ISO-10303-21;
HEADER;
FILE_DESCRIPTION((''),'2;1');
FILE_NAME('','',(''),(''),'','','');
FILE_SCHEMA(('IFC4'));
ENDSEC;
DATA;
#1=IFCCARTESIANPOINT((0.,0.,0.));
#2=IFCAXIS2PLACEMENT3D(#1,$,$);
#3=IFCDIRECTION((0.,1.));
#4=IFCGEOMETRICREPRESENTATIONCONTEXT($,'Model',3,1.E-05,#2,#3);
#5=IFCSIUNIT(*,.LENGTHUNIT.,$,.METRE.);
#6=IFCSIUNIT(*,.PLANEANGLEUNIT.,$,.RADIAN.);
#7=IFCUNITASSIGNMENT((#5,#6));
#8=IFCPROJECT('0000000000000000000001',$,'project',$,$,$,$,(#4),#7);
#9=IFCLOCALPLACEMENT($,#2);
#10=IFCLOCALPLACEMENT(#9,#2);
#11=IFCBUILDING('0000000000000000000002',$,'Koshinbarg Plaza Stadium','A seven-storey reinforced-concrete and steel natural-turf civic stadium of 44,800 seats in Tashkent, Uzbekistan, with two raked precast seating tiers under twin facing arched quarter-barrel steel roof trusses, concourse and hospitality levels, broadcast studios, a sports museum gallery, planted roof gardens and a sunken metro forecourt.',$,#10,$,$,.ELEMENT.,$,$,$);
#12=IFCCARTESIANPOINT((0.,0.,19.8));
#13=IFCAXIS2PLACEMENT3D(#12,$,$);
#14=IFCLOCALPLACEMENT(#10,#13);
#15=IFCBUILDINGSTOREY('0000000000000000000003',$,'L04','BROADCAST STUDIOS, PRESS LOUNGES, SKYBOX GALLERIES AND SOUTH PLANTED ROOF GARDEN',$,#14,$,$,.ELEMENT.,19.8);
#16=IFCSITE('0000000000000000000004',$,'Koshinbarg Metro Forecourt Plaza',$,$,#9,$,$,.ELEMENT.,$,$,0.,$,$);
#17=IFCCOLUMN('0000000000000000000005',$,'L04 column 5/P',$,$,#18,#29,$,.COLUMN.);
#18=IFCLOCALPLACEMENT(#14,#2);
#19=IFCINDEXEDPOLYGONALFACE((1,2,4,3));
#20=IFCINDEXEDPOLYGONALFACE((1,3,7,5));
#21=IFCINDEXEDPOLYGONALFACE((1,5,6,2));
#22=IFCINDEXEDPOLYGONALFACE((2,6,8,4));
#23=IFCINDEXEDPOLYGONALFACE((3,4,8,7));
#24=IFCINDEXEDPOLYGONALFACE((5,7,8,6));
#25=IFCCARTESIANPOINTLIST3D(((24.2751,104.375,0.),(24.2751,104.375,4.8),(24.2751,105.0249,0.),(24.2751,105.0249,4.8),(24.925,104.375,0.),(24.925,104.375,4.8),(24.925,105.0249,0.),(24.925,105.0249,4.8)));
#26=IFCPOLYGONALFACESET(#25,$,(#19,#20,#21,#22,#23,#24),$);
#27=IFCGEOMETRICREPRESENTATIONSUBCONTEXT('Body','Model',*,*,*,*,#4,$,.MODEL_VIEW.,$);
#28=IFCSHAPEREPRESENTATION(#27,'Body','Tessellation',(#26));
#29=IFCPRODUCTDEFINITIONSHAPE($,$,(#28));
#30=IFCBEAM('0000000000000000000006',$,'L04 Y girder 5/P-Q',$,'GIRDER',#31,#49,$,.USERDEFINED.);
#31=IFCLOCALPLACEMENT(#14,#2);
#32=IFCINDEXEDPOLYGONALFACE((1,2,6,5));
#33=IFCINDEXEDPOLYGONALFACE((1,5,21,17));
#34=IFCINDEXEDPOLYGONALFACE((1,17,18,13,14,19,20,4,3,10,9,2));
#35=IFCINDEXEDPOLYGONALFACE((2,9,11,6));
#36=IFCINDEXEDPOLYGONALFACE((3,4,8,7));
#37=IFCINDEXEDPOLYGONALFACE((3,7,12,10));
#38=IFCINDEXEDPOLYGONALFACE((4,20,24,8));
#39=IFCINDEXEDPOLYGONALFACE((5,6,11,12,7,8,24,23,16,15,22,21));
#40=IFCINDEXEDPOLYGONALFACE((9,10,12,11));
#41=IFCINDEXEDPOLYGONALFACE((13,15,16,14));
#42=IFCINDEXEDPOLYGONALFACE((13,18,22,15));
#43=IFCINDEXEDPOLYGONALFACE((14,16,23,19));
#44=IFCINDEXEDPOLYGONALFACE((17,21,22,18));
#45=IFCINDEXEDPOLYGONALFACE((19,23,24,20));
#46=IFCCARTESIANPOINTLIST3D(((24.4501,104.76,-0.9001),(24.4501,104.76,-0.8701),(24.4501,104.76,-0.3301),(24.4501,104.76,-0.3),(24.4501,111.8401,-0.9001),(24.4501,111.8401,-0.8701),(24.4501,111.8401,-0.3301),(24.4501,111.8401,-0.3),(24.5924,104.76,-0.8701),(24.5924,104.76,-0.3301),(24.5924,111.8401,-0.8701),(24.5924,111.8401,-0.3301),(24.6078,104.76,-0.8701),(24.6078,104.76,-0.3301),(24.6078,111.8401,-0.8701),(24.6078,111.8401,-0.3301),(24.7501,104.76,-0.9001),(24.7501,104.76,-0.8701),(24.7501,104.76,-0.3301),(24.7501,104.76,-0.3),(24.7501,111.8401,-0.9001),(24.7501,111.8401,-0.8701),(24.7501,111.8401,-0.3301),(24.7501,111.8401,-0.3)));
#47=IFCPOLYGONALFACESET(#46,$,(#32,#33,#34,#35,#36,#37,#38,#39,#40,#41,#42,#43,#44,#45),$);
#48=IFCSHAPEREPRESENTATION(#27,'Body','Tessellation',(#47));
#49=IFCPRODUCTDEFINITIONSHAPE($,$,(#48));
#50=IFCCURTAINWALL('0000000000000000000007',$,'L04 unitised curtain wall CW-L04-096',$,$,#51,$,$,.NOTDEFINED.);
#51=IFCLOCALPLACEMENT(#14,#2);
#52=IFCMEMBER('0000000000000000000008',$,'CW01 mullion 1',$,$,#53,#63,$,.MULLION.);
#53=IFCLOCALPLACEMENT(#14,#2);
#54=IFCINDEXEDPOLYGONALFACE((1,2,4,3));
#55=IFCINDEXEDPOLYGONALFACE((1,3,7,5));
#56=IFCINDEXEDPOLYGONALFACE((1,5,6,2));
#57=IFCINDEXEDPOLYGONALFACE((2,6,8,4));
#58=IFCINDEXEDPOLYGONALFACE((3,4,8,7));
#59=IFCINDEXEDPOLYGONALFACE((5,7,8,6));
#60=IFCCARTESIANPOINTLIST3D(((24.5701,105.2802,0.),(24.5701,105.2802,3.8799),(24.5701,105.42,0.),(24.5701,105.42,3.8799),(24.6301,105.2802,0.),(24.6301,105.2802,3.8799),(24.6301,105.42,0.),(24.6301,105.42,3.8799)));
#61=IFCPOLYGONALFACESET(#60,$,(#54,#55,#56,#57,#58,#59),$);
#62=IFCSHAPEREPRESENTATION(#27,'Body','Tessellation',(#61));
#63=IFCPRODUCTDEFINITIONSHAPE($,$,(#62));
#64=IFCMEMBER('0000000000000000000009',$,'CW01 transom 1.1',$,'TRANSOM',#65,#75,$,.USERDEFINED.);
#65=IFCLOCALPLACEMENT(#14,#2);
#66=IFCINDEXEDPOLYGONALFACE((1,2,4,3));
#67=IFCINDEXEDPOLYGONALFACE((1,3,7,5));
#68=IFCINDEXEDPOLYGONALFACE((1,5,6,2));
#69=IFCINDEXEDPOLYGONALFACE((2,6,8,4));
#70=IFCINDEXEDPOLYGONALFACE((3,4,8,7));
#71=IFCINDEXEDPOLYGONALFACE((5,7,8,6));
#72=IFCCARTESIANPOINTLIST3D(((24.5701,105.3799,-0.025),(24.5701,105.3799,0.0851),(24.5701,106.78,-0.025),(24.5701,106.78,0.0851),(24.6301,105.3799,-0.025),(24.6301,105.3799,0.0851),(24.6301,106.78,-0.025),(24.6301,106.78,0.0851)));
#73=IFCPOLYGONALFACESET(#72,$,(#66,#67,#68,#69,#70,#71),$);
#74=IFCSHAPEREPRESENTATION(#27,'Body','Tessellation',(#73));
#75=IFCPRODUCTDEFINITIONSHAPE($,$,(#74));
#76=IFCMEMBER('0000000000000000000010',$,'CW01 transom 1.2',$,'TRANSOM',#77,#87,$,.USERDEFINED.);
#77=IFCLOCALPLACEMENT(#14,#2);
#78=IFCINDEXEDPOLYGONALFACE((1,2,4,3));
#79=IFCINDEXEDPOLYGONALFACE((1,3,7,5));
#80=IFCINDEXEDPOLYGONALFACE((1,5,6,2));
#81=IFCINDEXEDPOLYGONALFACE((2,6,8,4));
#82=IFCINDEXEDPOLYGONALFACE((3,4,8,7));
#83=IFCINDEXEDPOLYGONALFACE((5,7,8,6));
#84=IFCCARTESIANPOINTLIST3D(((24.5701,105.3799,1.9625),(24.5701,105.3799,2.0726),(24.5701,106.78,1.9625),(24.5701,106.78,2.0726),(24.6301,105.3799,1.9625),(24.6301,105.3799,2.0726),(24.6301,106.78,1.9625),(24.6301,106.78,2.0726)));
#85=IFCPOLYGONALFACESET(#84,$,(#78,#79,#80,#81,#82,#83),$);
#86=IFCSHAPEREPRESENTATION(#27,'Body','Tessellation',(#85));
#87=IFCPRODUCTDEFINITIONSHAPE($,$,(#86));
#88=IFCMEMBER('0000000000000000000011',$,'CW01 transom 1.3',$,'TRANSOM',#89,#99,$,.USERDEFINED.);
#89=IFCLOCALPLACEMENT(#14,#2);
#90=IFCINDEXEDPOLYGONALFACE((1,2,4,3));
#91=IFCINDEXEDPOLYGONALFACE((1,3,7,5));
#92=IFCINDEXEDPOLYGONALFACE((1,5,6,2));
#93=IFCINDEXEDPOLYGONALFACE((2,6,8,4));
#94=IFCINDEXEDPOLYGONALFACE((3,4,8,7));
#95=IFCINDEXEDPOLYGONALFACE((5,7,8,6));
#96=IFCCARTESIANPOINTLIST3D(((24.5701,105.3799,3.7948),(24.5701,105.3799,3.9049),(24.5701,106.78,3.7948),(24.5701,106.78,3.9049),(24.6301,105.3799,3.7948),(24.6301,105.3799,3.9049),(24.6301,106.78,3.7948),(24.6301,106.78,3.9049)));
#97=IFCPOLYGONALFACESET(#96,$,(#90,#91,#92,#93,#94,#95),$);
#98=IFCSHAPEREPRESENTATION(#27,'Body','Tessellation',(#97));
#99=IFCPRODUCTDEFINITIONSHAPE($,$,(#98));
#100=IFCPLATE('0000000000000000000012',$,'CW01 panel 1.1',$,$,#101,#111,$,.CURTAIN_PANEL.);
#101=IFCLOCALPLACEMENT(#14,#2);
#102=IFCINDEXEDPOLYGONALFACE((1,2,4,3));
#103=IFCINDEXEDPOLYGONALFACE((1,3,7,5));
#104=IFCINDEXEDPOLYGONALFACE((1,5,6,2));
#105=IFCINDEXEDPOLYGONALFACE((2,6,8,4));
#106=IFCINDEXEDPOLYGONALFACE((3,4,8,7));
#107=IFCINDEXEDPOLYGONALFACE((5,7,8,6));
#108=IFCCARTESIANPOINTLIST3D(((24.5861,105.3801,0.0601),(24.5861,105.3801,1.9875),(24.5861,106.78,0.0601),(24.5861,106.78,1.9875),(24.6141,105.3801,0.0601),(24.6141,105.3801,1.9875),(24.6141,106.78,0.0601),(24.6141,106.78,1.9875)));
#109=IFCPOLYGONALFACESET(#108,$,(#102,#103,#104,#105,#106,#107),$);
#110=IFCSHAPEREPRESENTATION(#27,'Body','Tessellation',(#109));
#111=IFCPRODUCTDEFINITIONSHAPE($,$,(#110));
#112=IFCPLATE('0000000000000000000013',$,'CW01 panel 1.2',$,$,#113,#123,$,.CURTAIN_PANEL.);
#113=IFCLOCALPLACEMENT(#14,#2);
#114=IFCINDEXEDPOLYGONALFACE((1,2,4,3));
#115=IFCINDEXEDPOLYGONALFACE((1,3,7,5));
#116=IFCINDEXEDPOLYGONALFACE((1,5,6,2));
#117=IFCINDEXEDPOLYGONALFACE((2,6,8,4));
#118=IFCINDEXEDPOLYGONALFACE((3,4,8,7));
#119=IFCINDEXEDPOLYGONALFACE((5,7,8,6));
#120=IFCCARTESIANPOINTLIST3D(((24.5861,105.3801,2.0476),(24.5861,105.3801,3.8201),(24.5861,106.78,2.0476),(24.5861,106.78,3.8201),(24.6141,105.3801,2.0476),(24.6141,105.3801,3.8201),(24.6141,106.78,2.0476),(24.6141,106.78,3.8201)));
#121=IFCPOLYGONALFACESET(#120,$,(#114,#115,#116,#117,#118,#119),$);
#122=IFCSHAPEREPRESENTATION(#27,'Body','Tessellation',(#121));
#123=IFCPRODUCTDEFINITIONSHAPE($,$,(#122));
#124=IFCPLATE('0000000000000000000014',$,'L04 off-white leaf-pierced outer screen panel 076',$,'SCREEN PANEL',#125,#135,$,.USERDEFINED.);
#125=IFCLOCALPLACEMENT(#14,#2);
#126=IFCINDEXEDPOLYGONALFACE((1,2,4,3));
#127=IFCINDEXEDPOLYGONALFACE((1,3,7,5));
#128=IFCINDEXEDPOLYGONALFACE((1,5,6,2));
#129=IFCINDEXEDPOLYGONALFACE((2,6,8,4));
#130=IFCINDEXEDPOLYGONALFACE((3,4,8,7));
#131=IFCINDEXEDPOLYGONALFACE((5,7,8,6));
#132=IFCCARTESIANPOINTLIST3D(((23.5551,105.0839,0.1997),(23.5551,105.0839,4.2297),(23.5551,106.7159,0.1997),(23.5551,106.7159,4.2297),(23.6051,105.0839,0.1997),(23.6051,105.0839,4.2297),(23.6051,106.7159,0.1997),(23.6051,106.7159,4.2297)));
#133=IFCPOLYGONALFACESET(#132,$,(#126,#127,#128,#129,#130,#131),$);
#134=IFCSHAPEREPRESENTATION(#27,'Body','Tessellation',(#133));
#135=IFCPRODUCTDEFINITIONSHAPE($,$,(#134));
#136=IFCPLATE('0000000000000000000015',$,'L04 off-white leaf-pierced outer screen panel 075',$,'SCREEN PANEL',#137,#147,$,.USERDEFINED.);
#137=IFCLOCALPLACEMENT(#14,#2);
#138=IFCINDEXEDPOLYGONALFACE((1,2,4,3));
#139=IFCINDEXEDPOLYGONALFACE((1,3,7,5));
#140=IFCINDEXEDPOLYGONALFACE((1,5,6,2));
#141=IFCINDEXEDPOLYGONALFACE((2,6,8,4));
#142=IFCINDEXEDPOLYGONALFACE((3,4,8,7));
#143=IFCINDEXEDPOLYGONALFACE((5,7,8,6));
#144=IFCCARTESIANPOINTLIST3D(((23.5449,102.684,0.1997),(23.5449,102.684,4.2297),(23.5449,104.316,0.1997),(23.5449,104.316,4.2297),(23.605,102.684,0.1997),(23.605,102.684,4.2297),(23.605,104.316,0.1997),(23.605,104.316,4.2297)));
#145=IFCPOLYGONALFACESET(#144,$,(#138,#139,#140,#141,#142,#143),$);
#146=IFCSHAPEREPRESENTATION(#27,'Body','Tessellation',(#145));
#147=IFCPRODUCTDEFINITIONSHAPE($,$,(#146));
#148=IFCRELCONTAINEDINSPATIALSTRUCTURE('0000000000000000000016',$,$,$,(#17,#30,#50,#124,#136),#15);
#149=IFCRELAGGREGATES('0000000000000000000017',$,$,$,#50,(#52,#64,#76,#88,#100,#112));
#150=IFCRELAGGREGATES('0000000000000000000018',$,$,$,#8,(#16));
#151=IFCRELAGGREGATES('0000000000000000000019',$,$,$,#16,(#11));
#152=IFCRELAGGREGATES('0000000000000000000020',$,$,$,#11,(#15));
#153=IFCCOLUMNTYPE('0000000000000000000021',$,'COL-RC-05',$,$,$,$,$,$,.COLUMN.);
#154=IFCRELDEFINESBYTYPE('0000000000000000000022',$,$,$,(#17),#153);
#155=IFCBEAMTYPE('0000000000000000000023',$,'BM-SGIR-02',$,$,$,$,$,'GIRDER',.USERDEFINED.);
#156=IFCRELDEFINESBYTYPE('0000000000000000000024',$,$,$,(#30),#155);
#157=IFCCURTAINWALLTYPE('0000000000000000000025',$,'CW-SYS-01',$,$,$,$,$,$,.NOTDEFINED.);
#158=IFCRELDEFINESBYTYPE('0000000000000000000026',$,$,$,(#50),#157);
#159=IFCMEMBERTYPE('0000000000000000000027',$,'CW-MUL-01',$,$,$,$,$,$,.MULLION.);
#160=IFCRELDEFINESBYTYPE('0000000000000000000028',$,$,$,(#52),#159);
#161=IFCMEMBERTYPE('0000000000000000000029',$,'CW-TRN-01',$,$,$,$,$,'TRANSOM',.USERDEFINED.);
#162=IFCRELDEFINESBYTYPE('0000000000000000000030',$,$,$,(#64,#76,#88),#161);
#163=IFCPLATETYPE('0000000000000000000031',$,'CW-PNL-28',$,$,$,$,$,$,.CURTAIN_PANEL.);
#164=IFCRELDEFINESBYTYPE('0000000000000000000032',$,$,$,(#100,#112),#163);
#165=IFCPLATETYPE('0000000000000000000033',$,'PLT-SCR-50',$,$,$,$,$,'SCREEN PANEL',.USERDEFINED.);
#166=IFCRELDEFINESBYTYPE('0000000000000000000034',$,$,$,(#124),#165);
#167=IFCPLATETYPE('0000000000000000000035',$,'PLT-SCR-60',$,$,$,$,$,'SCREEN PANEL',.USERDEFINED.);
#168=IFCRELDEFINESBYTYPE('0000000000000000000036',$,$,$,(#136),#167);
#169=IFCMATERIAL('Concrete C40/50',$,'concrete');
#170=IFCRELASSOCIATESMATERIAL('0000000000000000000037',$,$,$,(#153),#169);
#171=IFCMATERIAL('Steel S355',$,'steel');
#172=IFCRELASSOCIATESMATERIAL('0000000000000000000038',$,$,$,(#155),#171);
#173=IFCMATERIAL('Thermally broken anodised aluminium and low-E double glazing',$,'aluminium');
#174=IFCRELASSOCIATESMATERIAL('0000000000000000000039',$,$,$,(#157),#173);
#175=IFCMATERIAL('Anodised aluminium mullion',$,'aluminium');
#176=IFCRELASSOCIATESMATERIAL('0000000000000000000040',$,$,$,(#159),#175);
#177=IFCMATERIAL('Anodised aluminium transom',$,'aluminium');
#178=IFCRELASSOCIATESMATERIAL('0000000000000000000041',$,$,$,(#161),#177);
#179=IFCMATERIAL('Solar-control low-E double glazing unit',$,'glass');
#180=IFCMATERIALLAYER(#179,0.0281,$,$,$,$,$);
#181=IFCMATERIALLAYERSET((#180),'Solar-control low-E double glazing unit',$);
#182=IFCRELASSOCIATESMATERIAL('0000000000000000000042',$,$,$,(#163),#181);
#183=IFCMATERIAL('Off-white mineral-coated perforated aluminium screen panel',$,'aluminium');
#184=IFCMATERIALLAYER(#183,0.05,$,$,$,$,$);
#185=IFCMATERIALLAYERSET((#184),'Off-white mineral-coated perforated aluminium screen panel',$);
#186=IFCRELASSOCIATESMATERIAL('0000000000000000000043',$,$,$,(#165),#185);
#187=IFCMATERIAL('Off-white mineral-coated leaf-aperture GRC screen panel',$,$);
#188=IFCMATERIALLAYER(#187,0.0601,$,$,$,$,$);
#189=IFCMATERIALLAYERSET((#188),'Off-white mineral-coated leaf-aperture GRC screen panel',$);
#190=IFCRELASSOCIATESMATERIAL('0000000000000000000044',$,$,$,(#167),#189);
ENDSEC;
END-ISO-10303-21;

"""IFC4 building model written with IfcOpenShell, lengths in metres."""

from ifc_helpers import new_model, si_unit, direction, frame, origin, origin_2d, place, context, subcontext, project, spatial, rectangle, i_section, extrude, material, layer, layer_set, material_profile, profile_set, type_object, element, aggregate, save


model = new_model("IFC4")

# Units and contexts
model_context = context("Model", 3, precision=1e-05, world=origin(), true_north=direction((0.0, 1.0)))
body_context = subcontext(model_context, "Body", "Model", "MODEL_VIEW")
ifc_project = project(units=[si_unit("LENGTHUNIT", "METRE"), si_unit("PLANEANGLEUNIT", "RADIAN")], contexts=[model_context])

# Site, building, storey
site_placement = place(None, origin())
site = spatial("IfcSite", under=ifc_project, at=site_placement, Name="Koshinbarg Metro Forecourt Plaza", CompositionType="ELEMENT", RefElevation=0.0)
building_placement = place(site_placement, origin())
building = spatial("IfcBuilding", under=site, at=building_placement, Name="Koshinbarg Plaza Stadium", Description="A seven-storey reinforced-concrete and steel natural-turf civic stadium of 44,800 seats in Tashkent, Uzbekistan, with two raked precast seating tiers under twin facing arched quarter-barrel steel roof trusses, concourse and hospitality levels, broadcast studios, a sports museum gallery, planted roof gardens and a sunken metro forecourt.", CompositionType="ELEMENT")
storey_placement = place(building_placement, frame((0.0, 0.0, 19.8)))
storey = spatial("IfcBuildingStorey", under=building, at=storey_placement, Name="L04", Description="BROADCAST STUDIOS, PRESS LOUNGES, SKYBOX GALLERIES AND SOUTH PLANTED ROOF GARDEN", CompositionType="ELEMENT", Elevation=19.8)

# Column
ifc_material_1 = material(Name="Concrete C40/50", Category="concrete")
ifc_material_profile_1 = material_profile(ifc_material_1, rectangle(XDim=0.6499, YDim=0.6499, at=origin_2d()), Name="RC 650x650")
ifc_profile_set_1 = profile_set([ifc_material_profile_1], Name="Concrete C40/50")
column_type = type_object("IfcColumnType", Name="COL-RC-05", PredefinedType="COLUMN", material=ifc_profile_set_1)
column_placement = place(storey_placement, frame((24.6001, 104.7, 0.0), z_axis=(0.0, 0.0, 1.0), x_axis=(1.0, 0.0, 0.0)))
element("IfcColumn", 1, at=column_placement, inside=storey, type_object=column_type, Name="L04 column 5/P", PredefinedType="COLUMN", context=body_context, shape_type="SweptSolid", body=[
    extrude(rectangle(XDim=0.6499, YDim=0.6499, at=origin_2d()), origin(), (0.0, 0.0, 1.0), 4.8),
])

# Beam
ifc_material_2 = material(Name="Steel S355", Category="steel")
ifc_material_profile_2 = material_profile(ifc_material_2, i_section(OverallWidth=0.3, OverallDepth=0.6001, WebThickness=0.0154, FlangeThickness=0.03, at=origin_2d()), Name="HEB 600")
ifc_profile_set_2 = profile_set([ifc_material_profile_2], Name="Steel S355")
beam_type = type_object("IfcBeamType", Name="BM-SGIR-02", ElementType="GIRDER", PredefinedType="USERDEFINED", material=ifc_profile_set_2)
beam_placement = place(storey_placement, frame((24.6001, 104.76, -0.6001), z_axis=(0.0, 1.0, 0.0), x_axis=(-1.0, 0.0, 0.0)))
element("IfcBeam", 2, at=beam_placement, inside=storey, type_object=beam_type, Name="L04 Y girder 5/P-Q", ObjectType="GIRDER", PredefinedType="USERDEFINED", context=body_context, shape_type="SweptSolid", body=[
    extrude(i_section(OverallWidth=0.3, OverallDepth=0.6001, WebThickness=0.0154, FlangeThickness=0.03, at=origin_2d()), origin(), (0.0, 0.0, 1.0), 7.0801),
])

# Curtain wall, members, plates
ifc_material_3 = material(Name="Thermally broken anodised aluminium and low-E double glazing", Category="aluminium")
curtain_wall_type = type_object("IfcCurtainWallType", Name="CW-SYS-01", PredefinedType="NOTDEFINED", material=ifc_material_3)
curtain_wall_placement = place(storey_placement, origin())
curtain_wall = element("IfcCurtainWall", 3, at=curtain_wall_placement, inside=storey, type_object=curtain_wall_type, Name="L04 unitised curtain wall CW-L04-096", PredefinedType="NOTDEFINED")
ifc_material_4 = material(Name="Anodised aluminium mullion", Category="aluminium")
ifc_material_profile_3 = material_profile(ifc_material_4, rectangle(XDim=0.0601, YDim=0.1399, at=origin_2d()), Name="ALU 60x140")
ifc_profile_set_3 = profile_set([ifc_material_profile_3], Name="Anodised aluminium mullion")
member_type_1 = type_object("IfcMemberType", Name="CW-MUL-01", PredefinedType="MULLION", material=ifc_profile_set_3)
member_1_placement = place(storey_placement, frame((24.6001, 105.3501, 0.0), z_axis=(0.0, 0.0, 1.0), x_axis=(-1.0, 0.0, 0.0)))
member_1 = element("IfcMember", 4, at=member_1_placement, type_object=member_type_1, Name="CW01 mullion 1", PredefinedType="MULLION", context=body_context, shape_type="SweptSolid", body=[
    extrude(rectangle(XDim=0.0601, YDim=0.1399, at=origin_2d()), origin(), (0.0, 0.0, 1.0), 3.8799),
])
ifc_material_5 = material(Name="Anodised aluminium transom", Category="aluminium")
ifc_material_profile_4 = material_profile(ifc_material_5, rectangle(XDim=0.0601, YDim=0.1101, at=origin_2d()), Name="ALU 60x110")
ifc_profile_set_4 = profile_set([ifc_material_profile_4], Name="Anodised aluminium transom")
member_type_2 = type_object("IfcMemberType", Name="CW-TRN-01", ElementType="TRANSOM", PredefinedType="USERDEFINED", material=ifc_profile_set_4)
member_2_placement = place(storey_placement, frame((24.6001, 105.3799, 0.03), z_axis=(0.0, 1.0, 0.0), x_axis=(-1.0, 0.0, 0.0)))
member_2 = element("IfcMember", 5, at=member_2_placement, type_object=member_type_2, Name="CW01 transom 1.1", ObjectType="TRANSOM", PredefinedType="USERDEFINED", context=body_context, shape_type="SweptSolid", body=[
    extrude(rectangle(XDim=0.0601, YDim=0.1101, at=origin_2d()), origin(), (0.0, 0.0, 1.0), 1.4001),
])
member_3_placement = place(storey_placement, frame((24.6001, 105.3799, 2.0176), z_axis=(0.0, 1.0, 0.0), x_axis=(-1.0, 0.0, 0.0)))
member_3 = element("IfcMember", 6, at=member_3_placement, type_object=member_type_2, Name="CW01 transom 1.2", ObjectType="TRANSOM", PredefinedType="USERDEFINED", context=body_context, shape_type="SweptSolid", body=[
    extrude(rectangle(XDim=0.0601, YDim=0.1101, at=origin_2d()), origin(), (0.0, 0.0, 1.0), 1.4001),
])
member_4_placement = place(storey_placement, frame((24.6001, 105.3799, 3.8499), z_axis=(0.0, 1.0, 0.0), x_axis=(-1.0, 0.0, 0.0)))
member_4 = element("IfcMember", 7, at=member_4_placement, type_object=member_type_2, Name="CW01 transom 1.3", ObjectType="TRANSOM", PredefinedType="USERDEFINED", context=body_context, shape_type="SweptSolid", body=[
    extrude(rectangle(XDim=0.0601, YDim=0.1101, at=origin_2d()), origin(), (0.0, 0.0, 1.0), 1.4001),
])
ifc_material_6 = material(Name="Solar-control low-E double glazing unit", Category="glass")
ifc_layer_1 = layer(ifc_material_6, 0.0281)
ifc_layer_set_1 = layer_set([ifc_layer_1], Name="Solar-control low-E double glazing unit")
plate_type_1 = type_object("IfcPlateType", Name="CW-PNL-28", PredefinedType="CURTAIN_PANEL", material=ifc_layer_set_1)
plate_1_placement = place(storey_placement, frame((24.6001, 106.0801, 0.0601), z_axis=(0.0, 0.0, 1.0), x_axis=(0.0, 1.0, 0.0)))
plate_1 = element("IfcPlate", 8, at=plate_1_placement, type_object=plate_type_1, Name="CW01 panel 1.1", PredefinedType="CURTAIN_PANEL", context=body_context, shape_type="SweptSolid", body=[
    extrude(rectangle(XDim=1.3999, YDim=0.0281, at=origin_2d()), origin(), (0.0, 0.0, 1.0), 1.9275),
])
plate_2_placement = place(storey_placement, frame((24.6001, 106.0801, 2.0476), z_axis=(0.0, 0.0, 1.0), x_axis=(0.0, 1.0, 0.0)))
plate_2 = element("IfcPlate", 9, at=plate_2_placement, type_object=plate_type_1, Name="CW01 panel 1.2", PredefinedType="CURTAIN_PANEL", context=body_context, shape_type="SweptSolid", body=[
    extrude(rectangle(XDim=1.3999, YDim=0.0281, at=origin_2d()), origin(), (0.0, 0.0, 1.0), 1.7725),
])
aggregate(curtain_wall, [member_1, member_2, member_3, member_4, plate_1, plate_2])

# Plates
ifc_material_7 = material(Name="Off-white mineral-coated perforated aluminium screen panel", Category="aluminium")
ifc_layer_2 = layer(ifc_material_7, 0.05)
ifc_layer_set_2 = layer_set([ifc_layer_2], Name="Off-white mineral-coated perforated aluminium screen panel")
plate_type_2 = type_object("IfcPlateType", Name="PLT-SCR-50", ElementType="SCREEN PANEL", PredefinedType="USERDEFINED", material=ifc_layer_set_2)
plate_3_placement = place(storey_placement, frame((23.5801, 105.8999, 0.1997), z_axis=(0.0, 0.0, 1.0), x_axis=(1.0, 0.0, 0.0)))
element("IfcPlate", 10, at=plate_3_placement, inside=storey, type_object=plate_type_2, Name="L04 off-white leaf-pierced outer screen panel 076", ObjectType="SCREEN PANEL", PredefinedType="USERDEFINED", context=body_context, shape_type="SweptSolid", body=[
    extrude(rectangle(XDim=0.05, YDim=1.6321, at=origin_2d()), origin(), (0.0, 0.0, 1.0), 4.03),
])
ifc_material_8 = material(Name="Off-white mineral-coated leaf-aperture GRC screen panel")
ifc_layer_3 = layer(ifc_material_8, 0.0601)
ifc_layer_set_3 = layer_set([ifc_layer_3], Name="Off-white mineral-coated leaf-aperture GRC screen panel")
plate_type_3 = type_object("IfcPlateType", Name="PLT-SCR-60", ElementType="SCREEN PANEL", PredefinedType="USERDEFINED", material=ifc_layer_set_3)
plate_4_placement = place(storey_placement, frame((23.575, 103.5, 0.1997), z_axis=(0.0, 0.0, 1.0), x_axis=(1.0, 0.0, 0.0)))
element("IfcPlate", 11, at=plate_4_placement, inside=storey, type_object=plate_type_3, Name="L04 off-white leaf-pierced outer screen panel 075", ObjectType="SCREEN PANEL", PredefinedType="USERDEFINED", context=body_context, shape_type="SweptSolid", body=[
    extrude(rectangle(XDim=0.0601, YDim=1.6321, at=origin_2d()), origin(), (0.0, 0.0, 1.0), 4.03),
])

save(model, "model.ifc")
